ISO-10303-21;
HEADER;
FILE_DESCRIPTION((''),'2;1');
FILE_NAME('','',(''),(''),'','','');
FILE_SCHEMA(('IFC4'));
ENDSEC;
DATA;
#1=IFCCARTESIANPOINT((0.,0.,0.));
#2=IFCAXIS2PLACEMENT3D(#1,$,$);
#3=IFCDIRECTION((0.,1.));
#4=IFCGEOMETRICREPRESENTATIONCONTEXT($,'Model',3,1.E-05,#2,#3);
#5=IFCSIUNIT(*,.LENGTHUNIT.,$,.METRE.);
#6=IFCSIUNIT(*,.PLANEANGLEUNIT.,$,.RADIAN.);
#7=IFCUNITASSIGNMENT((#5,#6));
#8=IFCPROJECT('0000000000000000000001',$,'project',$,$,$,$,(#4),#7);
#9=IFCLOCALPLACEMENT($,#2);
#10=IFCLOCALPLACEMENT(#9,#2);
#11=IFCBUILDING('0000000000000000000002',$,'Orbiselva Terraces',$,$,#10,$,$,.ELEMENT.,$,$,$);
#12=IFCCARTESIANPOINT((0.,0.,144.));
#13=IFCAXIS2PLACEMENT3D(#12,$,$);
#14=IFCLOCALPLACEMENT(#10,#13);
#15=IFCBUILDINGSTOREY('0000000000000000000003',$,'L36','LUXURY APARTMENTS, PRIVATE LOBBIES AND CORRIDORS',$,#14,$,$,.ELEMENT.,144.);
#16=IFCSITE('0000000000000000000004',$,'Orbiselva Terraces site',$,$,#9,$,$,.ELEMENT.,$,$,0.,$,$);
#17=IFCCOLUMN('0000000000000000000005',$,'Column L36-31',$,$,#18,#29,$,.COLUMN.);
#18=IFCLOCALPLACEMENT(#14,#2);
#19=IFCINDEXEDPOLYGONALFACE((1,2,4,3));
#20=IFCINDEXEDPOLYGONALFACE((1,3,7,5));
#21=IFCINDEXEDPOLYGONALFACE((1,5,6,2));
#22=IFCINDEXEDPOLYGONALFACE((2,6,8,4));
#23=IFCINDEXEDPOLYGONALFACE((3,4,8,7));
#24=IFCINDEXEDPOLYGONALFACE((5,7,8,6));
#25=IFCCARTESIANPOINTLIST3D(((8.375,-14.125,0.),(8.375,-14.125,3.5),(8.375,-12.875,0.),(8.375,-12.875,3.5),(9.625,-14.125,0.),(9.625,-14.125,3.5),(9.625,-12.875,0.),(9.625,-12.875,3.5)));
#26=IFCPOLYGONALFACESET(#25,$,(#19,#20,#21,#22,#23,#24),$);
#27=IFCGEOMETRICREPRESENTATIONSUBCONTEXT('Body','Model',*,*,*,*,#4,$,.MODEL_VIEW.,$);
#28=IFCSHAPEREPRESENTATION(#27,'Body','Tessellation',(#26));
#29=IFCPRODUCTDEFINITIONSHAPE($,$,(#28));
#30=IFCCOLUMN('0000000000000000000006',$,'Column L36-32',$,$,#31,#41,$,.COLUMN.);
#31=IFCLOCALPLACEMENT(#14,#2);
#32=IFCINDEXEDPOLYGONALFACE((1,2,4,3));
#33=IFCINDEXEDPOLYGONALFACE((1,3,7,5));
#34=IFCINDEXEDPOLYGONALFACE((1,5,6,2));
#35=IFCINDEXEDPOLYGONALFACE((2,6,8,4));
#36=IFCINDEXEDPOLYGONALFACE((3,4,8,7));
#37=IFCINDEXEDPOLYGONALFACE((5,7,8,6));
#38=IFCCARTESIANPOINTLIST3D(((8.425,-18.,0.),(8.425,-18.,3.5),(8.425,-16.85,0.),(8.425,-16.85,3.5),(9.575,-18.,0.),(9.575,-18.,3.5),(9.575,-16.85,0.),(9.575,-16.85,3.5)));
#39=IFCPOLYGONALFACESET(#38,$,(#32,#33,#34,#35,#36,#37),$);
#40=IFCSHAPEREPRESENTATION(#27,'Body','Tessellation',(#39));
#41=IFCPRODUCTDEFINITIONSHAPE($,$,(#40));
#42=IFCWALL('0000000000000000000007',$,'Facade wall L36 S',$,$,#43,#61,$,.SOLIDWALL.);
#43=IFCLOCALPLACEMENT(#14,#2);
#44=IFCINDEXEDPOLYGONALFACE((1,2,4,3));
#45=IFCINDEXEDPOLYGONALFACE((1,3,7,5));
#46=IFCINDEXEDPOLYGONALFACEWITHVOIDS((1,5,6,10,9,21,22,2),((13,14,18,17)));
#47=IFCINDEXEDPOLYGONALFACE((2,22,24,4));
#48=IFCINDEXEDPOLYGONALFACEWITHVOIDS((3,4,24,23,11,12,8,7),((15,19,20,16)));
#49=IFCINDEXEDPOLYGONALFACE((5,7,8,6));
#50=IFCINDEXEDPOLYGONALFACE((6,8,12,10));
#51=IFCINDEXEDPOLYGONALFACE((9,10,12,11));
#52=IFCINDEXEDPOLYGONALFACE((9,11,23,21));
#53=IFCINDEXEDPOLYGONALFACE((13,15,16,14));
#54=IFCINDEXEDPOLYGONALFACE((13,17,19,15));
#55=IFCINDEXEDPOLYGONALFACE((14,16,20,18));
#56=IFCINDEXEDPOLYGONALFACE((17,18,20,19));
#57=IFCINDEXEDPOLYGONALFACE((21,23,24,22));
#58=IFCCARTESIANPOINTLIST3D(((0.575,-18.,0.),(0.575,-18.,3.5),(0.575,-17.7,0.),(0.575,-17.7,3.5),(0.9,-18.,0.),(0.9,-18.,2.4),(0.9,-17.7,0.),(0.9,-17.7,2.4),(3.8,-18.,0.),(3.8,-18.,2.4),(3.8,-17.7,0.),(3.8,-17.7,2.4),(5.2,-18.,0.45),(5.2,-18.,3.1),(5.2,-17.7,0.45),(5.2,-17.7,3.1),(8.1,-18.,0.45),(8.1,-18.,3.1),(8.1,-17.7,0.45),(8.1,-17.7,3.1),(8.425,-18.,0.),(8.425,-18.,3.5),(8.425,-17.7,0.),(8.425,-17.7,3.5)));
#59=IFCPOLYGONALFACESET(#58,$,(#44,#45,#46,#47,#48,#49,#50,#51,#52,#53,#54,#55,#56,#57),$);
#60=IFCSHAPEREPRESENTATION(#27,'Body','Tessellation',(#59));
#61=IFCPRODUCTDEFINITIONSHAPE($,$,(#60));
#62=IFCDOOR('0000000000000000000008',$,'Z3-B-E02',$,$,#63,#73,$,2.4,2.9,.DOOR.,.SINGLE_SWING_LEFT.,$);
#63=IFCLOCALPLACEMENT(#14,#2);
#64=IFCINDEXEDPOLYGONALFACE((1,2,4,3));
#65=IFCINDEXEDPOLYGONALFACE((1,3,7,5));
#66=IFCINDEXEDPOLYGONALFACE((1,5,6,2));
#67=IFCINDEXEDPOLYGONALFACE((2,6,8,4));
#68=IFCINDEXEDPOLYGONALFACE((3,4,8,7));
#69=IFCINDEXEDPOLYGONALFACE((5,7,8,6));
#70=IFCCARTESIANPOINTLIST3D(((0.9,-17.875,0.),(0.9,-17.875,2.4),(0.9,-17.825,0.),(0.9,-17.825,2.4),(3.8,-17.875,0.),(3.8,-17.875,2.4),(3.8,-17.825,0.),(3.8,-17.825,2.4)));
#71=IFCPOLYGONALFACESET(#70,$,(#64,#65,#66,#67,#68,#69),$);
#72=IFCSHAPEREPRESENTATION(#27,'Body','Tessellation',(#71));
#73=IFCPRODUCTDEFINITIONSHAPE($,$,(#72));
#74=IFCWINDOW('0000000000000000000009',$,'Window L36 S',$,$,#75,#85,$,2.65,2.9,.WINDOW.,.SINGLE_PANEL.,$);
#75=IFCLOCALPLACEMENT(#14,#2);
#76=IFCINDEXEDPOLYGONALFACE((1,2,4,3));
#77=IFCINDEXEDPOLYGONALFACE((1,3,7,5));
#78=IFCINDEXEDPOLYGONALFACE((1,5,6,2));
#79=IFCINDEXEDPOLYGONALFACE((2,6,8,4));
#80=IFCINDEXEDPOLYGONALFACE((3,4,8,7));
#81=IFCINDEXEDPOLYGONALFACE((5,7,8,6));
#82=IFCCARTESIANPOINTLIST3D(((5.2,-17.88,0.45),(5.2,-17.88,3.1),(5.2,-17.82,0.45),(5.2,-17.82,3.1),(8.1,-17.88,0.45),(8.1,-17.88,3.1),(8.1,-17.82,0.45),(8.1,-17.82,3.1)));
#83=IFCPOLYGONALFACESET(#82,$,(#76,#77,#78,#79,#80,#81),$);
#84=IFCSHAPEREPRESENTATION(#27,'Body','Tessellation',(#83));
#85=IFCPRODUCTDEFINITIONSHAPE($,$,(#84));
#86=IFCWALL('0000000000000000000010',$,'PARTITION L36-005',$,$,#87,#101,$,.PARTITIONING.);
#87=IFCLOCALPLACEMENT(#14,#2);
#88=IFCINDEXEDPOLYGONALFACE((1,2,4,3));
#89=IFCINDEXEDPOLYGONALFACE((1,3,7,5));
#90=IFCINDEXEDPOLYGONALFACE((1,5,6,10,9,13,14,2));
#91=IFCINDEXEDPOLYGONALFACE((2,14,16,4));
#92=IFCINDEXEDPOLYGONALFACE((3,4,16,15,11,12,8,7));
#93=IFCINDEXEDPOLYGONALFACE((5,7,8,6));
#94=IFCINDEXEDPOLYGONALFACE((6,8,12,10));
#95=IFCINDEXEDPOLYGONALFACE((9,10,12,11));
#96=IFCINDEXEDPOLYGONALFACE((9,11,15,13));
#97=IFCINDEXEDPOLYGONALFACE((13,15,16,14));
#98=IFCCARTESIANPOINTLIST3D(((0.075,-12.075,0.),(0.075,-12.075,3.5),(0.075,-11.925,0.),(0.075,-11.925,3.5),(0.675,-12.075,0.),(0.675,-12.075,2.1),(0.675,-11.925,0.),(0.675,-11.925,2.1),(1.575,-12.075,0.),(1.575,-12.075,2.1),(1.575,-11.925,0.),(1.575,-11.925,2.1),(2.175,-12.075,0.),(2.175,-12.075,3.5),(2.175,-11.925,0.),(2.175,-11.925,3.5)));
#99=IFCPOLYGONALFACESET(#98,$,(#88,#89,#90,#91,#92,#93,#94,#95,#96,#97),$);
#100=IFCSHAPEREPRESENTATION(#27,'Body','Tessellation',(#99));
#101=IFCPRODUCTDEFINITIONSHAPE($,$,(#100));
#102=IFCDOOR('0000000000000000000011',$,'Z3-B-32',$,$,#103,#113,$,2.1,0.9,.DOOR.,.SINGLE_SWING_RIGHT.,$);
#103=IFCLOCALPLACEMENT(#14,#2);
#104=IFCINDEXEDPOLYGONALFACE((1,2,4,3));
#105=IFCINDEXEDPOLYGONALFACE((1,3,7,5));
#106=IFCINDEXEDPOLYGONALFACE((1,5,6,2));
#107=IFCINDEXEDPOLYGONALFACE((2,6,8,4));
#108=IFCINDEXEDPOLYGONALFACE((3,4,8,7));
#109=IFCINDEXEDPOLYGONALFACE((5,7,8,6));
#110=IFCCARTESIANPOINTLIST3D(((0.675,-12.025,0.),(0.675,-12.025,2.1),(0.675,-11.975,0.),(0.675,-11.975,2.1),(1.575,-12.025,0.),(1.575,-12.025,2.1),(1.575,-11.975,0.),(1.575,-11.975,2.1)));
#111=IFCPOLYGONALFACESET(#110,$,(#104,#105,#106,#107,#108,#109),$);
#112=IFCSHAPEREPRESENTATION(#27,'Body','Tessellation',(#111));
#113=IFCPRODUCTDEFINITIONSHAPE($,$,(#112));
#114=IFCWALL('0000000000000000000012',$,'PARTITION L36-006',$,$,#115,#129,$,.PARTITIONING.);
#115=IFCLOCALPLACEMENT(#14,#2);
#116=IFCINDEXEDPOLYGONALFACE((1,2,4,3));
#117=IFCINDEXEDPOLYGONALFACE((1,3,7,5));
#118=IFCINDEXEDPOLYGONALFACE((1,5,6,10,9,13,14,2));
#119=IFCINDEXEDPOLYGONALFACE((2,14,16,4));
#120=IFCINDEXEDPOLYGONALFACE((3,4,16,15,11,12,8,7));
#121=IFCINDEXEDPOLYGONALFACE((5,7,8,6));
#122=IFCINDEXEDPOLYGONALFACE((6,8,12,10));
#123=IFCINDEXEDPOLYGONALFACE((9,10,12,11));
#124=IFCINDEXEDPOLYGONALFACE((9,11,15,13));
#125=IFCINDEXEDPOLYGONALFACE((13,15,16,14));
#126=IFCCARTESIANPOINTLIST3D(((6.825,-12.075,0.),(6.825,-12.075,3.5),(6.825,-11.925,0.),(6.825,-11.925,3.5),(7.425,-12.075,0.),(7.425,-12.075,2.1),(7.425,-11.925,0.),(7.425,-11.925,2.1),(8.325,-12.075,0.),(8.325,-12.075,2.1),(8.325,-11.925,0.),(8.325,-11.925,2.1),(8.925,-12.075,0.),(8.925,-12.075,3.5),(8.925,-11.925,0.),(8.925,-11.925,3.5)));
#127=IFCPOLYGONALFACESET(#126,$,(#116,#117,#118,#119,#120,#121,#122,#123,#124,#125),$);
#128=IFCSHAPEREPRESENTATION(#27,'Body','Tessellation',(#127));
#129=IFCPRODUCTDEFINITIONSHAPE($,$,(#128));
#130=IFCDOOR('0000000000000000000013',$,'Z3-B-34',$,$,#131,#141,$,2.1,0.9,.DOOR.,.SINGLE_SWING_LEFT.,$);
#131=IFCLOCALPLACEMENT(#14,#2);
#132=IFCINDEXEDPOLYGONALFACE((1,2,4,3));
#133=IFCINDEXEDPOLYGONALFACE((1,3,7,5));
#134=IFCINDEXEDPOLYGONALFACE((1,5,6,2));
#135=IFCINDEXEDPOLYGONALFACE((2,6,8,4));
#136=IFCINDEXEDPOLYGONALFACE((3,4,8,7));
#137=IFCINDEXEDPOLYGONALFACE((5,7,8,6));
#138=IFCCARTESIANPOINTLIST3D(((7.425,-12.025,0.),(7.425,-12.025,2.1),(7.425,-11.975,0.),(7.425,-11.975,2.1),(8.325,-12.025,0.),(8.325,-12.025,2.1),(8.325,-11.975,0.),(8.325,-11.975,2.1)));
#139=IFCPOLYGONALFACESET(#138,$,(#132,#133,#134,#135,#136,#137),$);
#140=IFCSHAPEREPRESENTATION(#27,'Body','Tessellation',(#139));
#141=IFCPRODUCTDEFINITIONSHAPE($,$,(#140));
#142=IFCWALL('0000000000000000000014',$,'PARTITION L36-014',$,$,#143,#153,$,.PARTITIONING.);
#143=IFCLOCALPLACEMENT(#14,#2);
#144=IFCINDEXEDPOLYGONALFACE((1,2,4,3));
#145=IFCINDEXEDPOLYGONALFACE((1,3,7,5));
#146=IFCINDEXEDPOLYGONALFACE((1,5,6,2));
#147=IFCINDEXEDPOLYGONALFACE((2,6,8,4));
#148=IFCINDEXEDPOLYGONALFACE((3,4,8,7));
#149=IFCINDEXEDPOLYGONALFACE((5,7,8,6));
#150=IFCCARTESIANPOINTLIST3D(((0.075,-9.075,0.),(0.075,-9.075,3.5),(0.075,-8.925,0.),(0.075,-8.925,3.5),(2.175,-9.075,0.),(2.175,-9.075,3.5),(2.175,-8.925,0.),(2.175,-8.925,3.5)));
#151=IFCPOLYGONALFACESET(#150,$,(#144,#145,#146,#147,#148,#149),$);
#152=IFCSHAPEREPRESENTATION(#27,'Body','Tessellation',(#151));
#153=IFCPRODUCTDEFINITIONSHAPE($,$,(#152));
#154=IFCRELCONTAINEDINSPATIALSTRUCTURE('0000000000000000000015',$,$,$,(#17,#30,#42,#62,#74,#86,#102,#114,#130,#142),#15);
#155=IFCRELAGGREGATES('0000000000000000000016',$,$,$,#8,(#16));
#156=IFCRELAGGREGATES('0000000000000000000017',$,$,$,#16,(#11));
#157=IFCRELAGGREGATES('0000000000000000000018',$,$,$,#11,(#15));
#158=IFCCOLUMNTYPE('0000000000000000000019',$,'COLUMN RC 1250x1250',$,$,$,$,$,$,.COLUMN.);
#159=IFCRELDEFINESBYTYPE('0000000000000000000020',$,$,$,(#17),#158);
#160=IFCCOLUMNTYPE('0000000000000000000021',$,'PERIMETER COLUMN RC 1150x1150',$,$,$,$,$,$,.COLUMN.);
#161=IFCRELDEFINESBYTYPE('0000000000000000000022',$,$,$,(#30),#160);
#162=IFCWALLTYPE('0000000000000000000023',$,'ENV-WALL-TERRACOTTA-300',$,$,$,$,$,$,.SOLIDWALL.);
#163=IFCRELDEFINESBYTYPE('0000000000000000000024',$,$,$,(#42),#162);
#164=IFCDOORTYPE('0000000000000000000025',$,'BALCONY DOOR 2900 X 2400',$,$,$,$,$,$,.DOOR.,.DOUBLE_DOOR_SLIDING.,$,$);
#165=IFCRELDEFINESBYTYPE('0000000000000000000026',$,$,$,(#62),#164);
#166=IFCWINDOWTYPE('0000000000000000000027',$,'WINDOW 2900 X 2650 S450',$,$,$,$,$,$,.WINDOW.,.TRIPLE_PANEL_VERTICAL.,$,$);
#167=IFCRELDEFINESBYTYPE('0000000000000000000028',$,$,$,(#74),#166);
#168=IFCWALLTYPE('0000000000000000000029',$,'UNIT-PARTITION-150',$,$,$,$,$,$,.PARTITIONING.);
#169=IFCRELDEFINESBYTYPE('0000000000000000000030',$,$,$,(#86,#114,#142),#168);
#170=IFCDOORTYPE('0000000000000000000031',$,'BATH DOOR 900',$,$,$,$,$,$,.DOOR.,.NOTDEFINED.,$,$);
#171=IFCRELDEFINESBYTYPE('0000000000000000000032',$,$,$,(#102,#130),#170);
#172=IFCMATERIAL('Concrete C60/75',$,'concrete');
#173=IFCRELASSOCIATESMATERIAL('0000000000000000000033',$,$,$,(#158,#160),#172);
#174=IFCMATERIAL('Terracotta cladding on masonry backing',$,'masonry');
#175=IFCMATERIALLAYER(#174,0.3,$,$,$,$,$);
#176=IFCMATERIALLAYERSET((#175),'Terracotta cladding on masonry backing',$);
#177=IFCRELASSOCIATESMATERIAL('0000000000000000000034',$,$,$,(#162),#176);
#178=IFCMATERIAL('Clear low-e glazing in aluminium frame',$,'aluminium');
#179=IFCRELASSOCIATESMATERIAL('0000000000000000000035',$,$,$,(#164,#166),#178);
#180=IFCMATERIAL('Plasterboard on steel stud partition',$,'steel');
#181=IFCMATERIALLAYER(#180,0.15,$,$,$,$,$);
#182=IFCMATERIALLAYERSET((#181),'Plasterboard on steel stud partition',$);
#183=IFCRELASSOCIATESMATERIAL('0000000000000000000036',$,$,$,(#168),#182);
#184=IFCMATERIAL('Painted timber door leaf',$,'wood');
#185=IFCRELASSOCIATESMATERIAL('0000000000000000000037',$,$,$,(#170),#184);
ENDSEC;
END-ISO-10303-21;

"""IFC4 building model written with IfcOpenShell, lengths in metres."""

from ifc_helpers import new_model, si_unit, direction, frame, frame_2d, origin, origin_2d, place, context, subcontext, project, spatial, rectangle, extrude, material, layer, layer_set, material_profile, profile_set, type_object, element, fill, save


model = new_model("IFC4")

# Units and contexts
model_context = context("Model", 3, precision=1e-05, world=origin(), true_north=direction((0.0, 1.0)))
body_context = subcontext(model_context, "Body", "Model", "MODEL_VIEW")
ifc_project = project(units=[si_unit("LENGTHUNIT", "METRE"), si_unit("PLANEANGLEUNIT", "RADIAN")], contexts=[model_context])

# Site, building, storey
site_placement = place(None, origin())
site = spatial("IfcSite", under=ifc_project, at=site_placement, Name="Orbiselva Terraces site", CompositionType="ELEMENT", RefElevation=0.0)
building_placement = place(site_placement, origin())
building = spatial("IfcBuilding", under=site, at=building_placement, Name="Orbiselva Terraces", CompositionType="ELEMENT")
storey_placement = place(building_placement, frame((0.0, 0.0, 144.0)))
storey = spatial("IfcBuildingStorey", under=building, at=storey_placement, Name="L36", Description="LUXURY APARTMENTS, PRIVATE LOBBIES AND CORRIDORS", CompositionType="ELEMENT", Elevation=144.0)

# Columns
ifc_material_1 = material(Name="Concrete C60/75", Category="concrete")
ifc_material_profile_1 = material_profile(ifc_material_1, rectangle(XDim=1.25, YDim=1.25, at=origin_2d()), Name="RC 1250x1250")
ifc_profile_set_1 = profile_set([ifc_material_profile_1], Name="Concrete C60/75")
column_type_1 = type_object("IfcColumnType", Name="COLUMN RC 1250x1250", PredefinedType="COLUMN", material=ifc_profile_set_1)
column_1_placement = place(storey_placement, frame((9.0, -13.5, 0.0), z_axis=(0.0, 0.0, 1.0), x_axis=(1.0, 0.0, 0.0)))
element("IfcColumn", 1, at=column_1_placement, inside=storey, type_object=column_type_1, Name="Column L36-31", PredefinedType="COLUMN", context=body_context, shape_type="SweptSolid", body=[
    extrude(rectangle(XDim=1.25, YDim=1.25, at=origin_2d()), origin(), (0.0, 0.0, 1.0), 3.5),
])
ifc_material_profile_2 = material_profile(ifc_material_1, rectangle(XDim=1.15, YDim=1.15, at=origin_2d()), Name="RC 1150x1150")
ifc_profile_set_2 = profile_set([ifc_material_profile_2], Name="Concrete C60/75")
column_type_2 = type_object("IfcColumnType", Name="PERIMETER COLUMN RC 1150x1150", PredefinedType="COLUMN", material=ifc_profile_set_2)
column_2_placement = place(storey_placement, frame((9.0, -17.425, 0.0), z_axis=(0.0, 0.0, 1.0), x_axis=(1.0, 0.0, 0.0)))
element("IfcColumn", 2, at=column_2_placement, inside=storey, type_object=column_type_2, Name="Column L36-32", PredefinedType="COLUMN", context=body_context, shape_type="SweptSolid", body=[
    extrude(rectangle(XDim=1.15, YDim=1.15, at=origin_2d()), origin(), (0.0, 0.0, 1.0), 3.5),
])

# Wall, openings, door, window
ifc_material_2 = material(Name="Terracotta cladding on masonry backing", Category="masonry")
ifc_layer_1 = layer(ifc_material_2, 0.3)
ifc_layer_set_1 = layer_set([ifc_layer_1], Name="Terracotta cladding on masonry backing")
wall_type_1 = type_object("IfcWallType", Name="ENV-WALL-TERRACOTTA-300", PredefinedType="SOLIDWALL", material=ifc_layer_set_1)
wall_1_placement = place(storey_placement, frame((8.425, -17.85, 0.0), z_axis=(0.0, 0.0, 1.0), x_axis=(-1.0, 0.0, 0.0)))
wall_1 = element("IfcWall", 3, at=wall_1_placement, inside=storey, type_object=wall_type_1, Name="Facade wall L36 S", PredefinedType="SOLIDWALL", context=body_context, shape_type="SweptSolid", body=[
    extrude(rectangle(XDim=7.85, YDim=0.3, at=frame_2d((3.925, 0.0))), origin(), (0.0, 0.0, 1.0), 3.5),
])
opening_1_placement = place(wall_1_placement, frame((4.625, 0.0, 0.0)))
opening_1 = element("IfcOpeningElement", 4, at=opening_1_placement, cuts=wall_1, PredefinedType="OPENING", context=body_context, shape_type="SweptSolid", body=[
    extrude(rectangle(XDim=2.9, YDim=2.4, at=frame_2d((1.45, 1.2))), frame((0.0, 0.16, 0.0), z_axis=(0.0, -1.0, 0.0), x_axis=(1.0, 0.0, 0.0)), (0.0, 0.0, 1.0), 0.32),
])
opening_2_placement = place(wall_1_placement, frame((0.325, 0.0, 0.45)))
opening_2 = element("IfcOpeningElement", 5, at=opening_2_placement, cuts=wall_1, PredefinedType="OPENING", context=body_context, shape_type="SweptSolid", body=[
    extrude(rectangle(XDim=2.9, YDim=2.65, at=frame_2d((1.45, 1.325))), frame((0.0, 0.16, 0.0), z_axis=(0.0, -1.0, 0.0), x_axis=(1.0, 0.0, 0.0)), (0.0, 0.0, 1.0), 0.32),
])
ifc_material_3 = material(Name="Clear low-e glazing in aluminium frame", Category="aluminium")
door_type_1 = type_object("IfcDoorType", Name="BALCONY DOOR 2900 X 2400", OperationType="DOUBLE_DOOR_SLIDING", PredefinedType="DOOR", material=ifc_material_3)
door_1_placement = place(opening_1_placement, origin())
door_1 = element("IfcDoor", 6, at=door_1_placement, inside=storey, type_object=door_type_1, Name="Z3-B-E02", OperationType="SINGLE_SWING_LEFT", OverallHeight=2.4, OverallWidth=2.9, PredefinedType="DOOR", context=body_context, shape_type="SweptSolid", body=[
    extrude(rectangle(XDim=2.9, YDim=2.4, at=frame_2d((1.45, 1.2))), frame((0.0, 0.025, 0.0), z_axis=(0.0, -1.0, 0.0), x_axis=(1.0, 0.0, 0.0)), (0.0, 0.0, 1.0), 0.05),
])
fill(opening_1, door_1)
window_type = type_object("IfcWindowType", Name="WINDOW 2900 X 2650 S450", PartitioningType="TRIPLE_PANEL_VERTICAL", PredefinedType="WINDOW", material=ifc_material_3)
window_placement = place(opening_2_placement, origin())
window = element("IfcWindow", 7, at=window_placement, inside=storey, type_object=window_type, Name="Window L36 S", OverallHeight=2.65, OverallWidth=2.9, PartitioningType="SINGLE_PANEL", PredefinedType="WINDOW", context=body_context, shape_type="SweptSolid", body=[
    extrude(rectangle(XDim=2.9, YDim=2.65, at=frame_2d((1.45, 1.325))), frame((0.0, 0.03, 0.0), z_axis=(0.0, -1.0, 0.0), x_axis=(1.0, 0.0, 0.0)), (0.0, 0.0, 1.0), 0.06),
])
fill(opening_2, window)

# Walls, openings, doors
ifc_material_4 = material(Name="Plasterboard on steel stud partition", Category="steel")
ifc_layer_2 = layer(ifc_material_4, 0.15)
ifc_layer_set_2 = layer_set([ifc_layer_2], Name="Plasterboard on steel stud partition")
wall_type_2 = type_object("IfcWallType", Name="UNIT-PARTITION-150", PredefinedType="PARTITIONING", material=ifc_layer_set_2)
wall_2_placement = place(storey_placement, frame((0.075, -12.0, 0.0), z_axis=(0.0, 0.0, 1.0), x_axis=(1.0, 0.0, 0.0)))
wall_2 = element("IfcWall", 8, at=wall_2_placement, inside=storey, type_object=wall_type_2, Name="PARTITION L36-005", PredefinedType="PARTITIONING", context=body_context, shape_type="SweptSolid", body=[
    extrude(rectangle(XDim=2.1, YDim=0.15, at=frame_2d((1.05, 0.0))), origin(), (0.0, 0.0, 1.0), 3.5),
])
opening_3_placement = place(wall_2_placement, frame((0.6, 0.0, 0.0)))
opening_3 = element("IfcOpeningElement", 9, at=opening_3_placement, cuts=wall_2, PredefinedType="OPENING", context=body_context, shape_type="SweptSolid", body=[
    extrude(rectangle(XDim=0.9, YDim=2.1, at=frame_2d((0.45, 1.05))), frame((0.0, 0.085, 0.0), z_axis=(0.0, -1.0, 0.0), x_axis=(1.0, 0.0, 0.0)), (0.0, 0.0, 1.0), 0.17),
])
ifc_material_5 = material(Name="Painted timber door leaf", Category="wood")
door_type_2 = type_object("IfcDoorType", Name="BATH DOOR 900", OperationType="NOTDEFINED", PredefinedType="DOOR", material=ifc_material_5)
door_2_placement = place(opening_3_placement, origin())
door_2 = element("IfcDoor", 10, at=door_2_placement, inside=storey, type_object=door_type_2, Name="Z3-B-32", OperationType="SINGLE_SWING_RIGHT", OverallHeight=2.1, OverallWidth=0.9, PredefinedType="DOOR", context=body_context, shape_type="SweptSolid", body=[
    extrude(rectangle(XDim=0.9, YDim=2.1, at=frame_2d((0.45, 1.05))), frame((0.0, 0.025, 0.0), z_axis=(0.0, -1.0, 0.0), x_axis=(1.0, 0.0, 0.0)), (0.0, 0.0, 1.0), 0.05),
])
fill(opening_3, door_2)
wall_3_placement = place(storey_placement, frame((6.825, -12.0, 0.0), z_axis=(0.0, 0.0, 1.0), x_axis=(1.0, 0.0, 0.0)))
wall_3 = element("IfcWall", 11, at=wall_3_placement, inside=storey, type_object=wall_type_2, Name="PARTITION L36-006", PredefinedType="PARTITIONING", context=body_context, shape_type="SweptSolid", body=[
    extrude(rectangle(XDim=2.1, YDim=0.15, at=frame_2d((1.05, 0.0))), origin(), (0.0, 0.0, 1.0), 3.5),
])
opening_4_placement = place(wall_3_placement, frame((0.6, 0.0, 0.0)))
opening_4 = element("IfcOpeningElement", 12, at=opening_4_placement, cuts=wall_3, PredefinedType="OPENING", context=body_context, shape_type="SweptSolid", body=[
    extrude(rectangle(XDim=0.9, YDim=2.1, at=frame_2d((0.45, 1.05))), frame((0.0, 0.085, 0.0), z_axis=(0.0, -1.0, 0.0), x_axis=(1.0, 0.0, 0.0)), (0.0, 0.0, 1.0), 0.17),
])
door_3_placement = place(opening_4_placement, origin())
door_3 = element("IfcDoor", 13, at=door_3_placement, inside=storey, type_object=door_type_2, Name="Z3-B-34", OperationType="SINGLE_SWING_LEFT", OverallHeight=2.1, OverallWidth=0.9, PredefinedType="DOOR", context=body_context, shape_type="SweptSolid", body=[
    extrude(rectangle(XDim=0.9, YDim=2.1, at=frame_2d((0.45, 1.05))), frame((0.0, 0.025, 0.0), z_axis=(0.0, -1.0, 0.0), x_axis=(1.0, 0.0, 0.0)), (0.0, 0.0, 1.0), 0.05),
])
fill(opening_4, door_3)

# Wall
wall_4_placement = place(storey_placement, frame((0.075, -9.0, 0.0), z_axis=(0.0, 0.0, 1.0), x_axis=(1.0, 0.0, 0.0)))
element("IfcWall", 14, at=wall_4_placement, inside=storey, type_object=wall_type_2, Name="PARTITION L36-014", PredefinedType="PARTITIONING", context=body_context, shape_type="SweptSolid", body=[
    extrude(rectangle(XDim=2.1, YDim=0.15, at=frame_2d((1.05, 0.0))), origin(), (0.0, 0.0, 1.0), 3.5),
])

save(model, "model.ifc")
